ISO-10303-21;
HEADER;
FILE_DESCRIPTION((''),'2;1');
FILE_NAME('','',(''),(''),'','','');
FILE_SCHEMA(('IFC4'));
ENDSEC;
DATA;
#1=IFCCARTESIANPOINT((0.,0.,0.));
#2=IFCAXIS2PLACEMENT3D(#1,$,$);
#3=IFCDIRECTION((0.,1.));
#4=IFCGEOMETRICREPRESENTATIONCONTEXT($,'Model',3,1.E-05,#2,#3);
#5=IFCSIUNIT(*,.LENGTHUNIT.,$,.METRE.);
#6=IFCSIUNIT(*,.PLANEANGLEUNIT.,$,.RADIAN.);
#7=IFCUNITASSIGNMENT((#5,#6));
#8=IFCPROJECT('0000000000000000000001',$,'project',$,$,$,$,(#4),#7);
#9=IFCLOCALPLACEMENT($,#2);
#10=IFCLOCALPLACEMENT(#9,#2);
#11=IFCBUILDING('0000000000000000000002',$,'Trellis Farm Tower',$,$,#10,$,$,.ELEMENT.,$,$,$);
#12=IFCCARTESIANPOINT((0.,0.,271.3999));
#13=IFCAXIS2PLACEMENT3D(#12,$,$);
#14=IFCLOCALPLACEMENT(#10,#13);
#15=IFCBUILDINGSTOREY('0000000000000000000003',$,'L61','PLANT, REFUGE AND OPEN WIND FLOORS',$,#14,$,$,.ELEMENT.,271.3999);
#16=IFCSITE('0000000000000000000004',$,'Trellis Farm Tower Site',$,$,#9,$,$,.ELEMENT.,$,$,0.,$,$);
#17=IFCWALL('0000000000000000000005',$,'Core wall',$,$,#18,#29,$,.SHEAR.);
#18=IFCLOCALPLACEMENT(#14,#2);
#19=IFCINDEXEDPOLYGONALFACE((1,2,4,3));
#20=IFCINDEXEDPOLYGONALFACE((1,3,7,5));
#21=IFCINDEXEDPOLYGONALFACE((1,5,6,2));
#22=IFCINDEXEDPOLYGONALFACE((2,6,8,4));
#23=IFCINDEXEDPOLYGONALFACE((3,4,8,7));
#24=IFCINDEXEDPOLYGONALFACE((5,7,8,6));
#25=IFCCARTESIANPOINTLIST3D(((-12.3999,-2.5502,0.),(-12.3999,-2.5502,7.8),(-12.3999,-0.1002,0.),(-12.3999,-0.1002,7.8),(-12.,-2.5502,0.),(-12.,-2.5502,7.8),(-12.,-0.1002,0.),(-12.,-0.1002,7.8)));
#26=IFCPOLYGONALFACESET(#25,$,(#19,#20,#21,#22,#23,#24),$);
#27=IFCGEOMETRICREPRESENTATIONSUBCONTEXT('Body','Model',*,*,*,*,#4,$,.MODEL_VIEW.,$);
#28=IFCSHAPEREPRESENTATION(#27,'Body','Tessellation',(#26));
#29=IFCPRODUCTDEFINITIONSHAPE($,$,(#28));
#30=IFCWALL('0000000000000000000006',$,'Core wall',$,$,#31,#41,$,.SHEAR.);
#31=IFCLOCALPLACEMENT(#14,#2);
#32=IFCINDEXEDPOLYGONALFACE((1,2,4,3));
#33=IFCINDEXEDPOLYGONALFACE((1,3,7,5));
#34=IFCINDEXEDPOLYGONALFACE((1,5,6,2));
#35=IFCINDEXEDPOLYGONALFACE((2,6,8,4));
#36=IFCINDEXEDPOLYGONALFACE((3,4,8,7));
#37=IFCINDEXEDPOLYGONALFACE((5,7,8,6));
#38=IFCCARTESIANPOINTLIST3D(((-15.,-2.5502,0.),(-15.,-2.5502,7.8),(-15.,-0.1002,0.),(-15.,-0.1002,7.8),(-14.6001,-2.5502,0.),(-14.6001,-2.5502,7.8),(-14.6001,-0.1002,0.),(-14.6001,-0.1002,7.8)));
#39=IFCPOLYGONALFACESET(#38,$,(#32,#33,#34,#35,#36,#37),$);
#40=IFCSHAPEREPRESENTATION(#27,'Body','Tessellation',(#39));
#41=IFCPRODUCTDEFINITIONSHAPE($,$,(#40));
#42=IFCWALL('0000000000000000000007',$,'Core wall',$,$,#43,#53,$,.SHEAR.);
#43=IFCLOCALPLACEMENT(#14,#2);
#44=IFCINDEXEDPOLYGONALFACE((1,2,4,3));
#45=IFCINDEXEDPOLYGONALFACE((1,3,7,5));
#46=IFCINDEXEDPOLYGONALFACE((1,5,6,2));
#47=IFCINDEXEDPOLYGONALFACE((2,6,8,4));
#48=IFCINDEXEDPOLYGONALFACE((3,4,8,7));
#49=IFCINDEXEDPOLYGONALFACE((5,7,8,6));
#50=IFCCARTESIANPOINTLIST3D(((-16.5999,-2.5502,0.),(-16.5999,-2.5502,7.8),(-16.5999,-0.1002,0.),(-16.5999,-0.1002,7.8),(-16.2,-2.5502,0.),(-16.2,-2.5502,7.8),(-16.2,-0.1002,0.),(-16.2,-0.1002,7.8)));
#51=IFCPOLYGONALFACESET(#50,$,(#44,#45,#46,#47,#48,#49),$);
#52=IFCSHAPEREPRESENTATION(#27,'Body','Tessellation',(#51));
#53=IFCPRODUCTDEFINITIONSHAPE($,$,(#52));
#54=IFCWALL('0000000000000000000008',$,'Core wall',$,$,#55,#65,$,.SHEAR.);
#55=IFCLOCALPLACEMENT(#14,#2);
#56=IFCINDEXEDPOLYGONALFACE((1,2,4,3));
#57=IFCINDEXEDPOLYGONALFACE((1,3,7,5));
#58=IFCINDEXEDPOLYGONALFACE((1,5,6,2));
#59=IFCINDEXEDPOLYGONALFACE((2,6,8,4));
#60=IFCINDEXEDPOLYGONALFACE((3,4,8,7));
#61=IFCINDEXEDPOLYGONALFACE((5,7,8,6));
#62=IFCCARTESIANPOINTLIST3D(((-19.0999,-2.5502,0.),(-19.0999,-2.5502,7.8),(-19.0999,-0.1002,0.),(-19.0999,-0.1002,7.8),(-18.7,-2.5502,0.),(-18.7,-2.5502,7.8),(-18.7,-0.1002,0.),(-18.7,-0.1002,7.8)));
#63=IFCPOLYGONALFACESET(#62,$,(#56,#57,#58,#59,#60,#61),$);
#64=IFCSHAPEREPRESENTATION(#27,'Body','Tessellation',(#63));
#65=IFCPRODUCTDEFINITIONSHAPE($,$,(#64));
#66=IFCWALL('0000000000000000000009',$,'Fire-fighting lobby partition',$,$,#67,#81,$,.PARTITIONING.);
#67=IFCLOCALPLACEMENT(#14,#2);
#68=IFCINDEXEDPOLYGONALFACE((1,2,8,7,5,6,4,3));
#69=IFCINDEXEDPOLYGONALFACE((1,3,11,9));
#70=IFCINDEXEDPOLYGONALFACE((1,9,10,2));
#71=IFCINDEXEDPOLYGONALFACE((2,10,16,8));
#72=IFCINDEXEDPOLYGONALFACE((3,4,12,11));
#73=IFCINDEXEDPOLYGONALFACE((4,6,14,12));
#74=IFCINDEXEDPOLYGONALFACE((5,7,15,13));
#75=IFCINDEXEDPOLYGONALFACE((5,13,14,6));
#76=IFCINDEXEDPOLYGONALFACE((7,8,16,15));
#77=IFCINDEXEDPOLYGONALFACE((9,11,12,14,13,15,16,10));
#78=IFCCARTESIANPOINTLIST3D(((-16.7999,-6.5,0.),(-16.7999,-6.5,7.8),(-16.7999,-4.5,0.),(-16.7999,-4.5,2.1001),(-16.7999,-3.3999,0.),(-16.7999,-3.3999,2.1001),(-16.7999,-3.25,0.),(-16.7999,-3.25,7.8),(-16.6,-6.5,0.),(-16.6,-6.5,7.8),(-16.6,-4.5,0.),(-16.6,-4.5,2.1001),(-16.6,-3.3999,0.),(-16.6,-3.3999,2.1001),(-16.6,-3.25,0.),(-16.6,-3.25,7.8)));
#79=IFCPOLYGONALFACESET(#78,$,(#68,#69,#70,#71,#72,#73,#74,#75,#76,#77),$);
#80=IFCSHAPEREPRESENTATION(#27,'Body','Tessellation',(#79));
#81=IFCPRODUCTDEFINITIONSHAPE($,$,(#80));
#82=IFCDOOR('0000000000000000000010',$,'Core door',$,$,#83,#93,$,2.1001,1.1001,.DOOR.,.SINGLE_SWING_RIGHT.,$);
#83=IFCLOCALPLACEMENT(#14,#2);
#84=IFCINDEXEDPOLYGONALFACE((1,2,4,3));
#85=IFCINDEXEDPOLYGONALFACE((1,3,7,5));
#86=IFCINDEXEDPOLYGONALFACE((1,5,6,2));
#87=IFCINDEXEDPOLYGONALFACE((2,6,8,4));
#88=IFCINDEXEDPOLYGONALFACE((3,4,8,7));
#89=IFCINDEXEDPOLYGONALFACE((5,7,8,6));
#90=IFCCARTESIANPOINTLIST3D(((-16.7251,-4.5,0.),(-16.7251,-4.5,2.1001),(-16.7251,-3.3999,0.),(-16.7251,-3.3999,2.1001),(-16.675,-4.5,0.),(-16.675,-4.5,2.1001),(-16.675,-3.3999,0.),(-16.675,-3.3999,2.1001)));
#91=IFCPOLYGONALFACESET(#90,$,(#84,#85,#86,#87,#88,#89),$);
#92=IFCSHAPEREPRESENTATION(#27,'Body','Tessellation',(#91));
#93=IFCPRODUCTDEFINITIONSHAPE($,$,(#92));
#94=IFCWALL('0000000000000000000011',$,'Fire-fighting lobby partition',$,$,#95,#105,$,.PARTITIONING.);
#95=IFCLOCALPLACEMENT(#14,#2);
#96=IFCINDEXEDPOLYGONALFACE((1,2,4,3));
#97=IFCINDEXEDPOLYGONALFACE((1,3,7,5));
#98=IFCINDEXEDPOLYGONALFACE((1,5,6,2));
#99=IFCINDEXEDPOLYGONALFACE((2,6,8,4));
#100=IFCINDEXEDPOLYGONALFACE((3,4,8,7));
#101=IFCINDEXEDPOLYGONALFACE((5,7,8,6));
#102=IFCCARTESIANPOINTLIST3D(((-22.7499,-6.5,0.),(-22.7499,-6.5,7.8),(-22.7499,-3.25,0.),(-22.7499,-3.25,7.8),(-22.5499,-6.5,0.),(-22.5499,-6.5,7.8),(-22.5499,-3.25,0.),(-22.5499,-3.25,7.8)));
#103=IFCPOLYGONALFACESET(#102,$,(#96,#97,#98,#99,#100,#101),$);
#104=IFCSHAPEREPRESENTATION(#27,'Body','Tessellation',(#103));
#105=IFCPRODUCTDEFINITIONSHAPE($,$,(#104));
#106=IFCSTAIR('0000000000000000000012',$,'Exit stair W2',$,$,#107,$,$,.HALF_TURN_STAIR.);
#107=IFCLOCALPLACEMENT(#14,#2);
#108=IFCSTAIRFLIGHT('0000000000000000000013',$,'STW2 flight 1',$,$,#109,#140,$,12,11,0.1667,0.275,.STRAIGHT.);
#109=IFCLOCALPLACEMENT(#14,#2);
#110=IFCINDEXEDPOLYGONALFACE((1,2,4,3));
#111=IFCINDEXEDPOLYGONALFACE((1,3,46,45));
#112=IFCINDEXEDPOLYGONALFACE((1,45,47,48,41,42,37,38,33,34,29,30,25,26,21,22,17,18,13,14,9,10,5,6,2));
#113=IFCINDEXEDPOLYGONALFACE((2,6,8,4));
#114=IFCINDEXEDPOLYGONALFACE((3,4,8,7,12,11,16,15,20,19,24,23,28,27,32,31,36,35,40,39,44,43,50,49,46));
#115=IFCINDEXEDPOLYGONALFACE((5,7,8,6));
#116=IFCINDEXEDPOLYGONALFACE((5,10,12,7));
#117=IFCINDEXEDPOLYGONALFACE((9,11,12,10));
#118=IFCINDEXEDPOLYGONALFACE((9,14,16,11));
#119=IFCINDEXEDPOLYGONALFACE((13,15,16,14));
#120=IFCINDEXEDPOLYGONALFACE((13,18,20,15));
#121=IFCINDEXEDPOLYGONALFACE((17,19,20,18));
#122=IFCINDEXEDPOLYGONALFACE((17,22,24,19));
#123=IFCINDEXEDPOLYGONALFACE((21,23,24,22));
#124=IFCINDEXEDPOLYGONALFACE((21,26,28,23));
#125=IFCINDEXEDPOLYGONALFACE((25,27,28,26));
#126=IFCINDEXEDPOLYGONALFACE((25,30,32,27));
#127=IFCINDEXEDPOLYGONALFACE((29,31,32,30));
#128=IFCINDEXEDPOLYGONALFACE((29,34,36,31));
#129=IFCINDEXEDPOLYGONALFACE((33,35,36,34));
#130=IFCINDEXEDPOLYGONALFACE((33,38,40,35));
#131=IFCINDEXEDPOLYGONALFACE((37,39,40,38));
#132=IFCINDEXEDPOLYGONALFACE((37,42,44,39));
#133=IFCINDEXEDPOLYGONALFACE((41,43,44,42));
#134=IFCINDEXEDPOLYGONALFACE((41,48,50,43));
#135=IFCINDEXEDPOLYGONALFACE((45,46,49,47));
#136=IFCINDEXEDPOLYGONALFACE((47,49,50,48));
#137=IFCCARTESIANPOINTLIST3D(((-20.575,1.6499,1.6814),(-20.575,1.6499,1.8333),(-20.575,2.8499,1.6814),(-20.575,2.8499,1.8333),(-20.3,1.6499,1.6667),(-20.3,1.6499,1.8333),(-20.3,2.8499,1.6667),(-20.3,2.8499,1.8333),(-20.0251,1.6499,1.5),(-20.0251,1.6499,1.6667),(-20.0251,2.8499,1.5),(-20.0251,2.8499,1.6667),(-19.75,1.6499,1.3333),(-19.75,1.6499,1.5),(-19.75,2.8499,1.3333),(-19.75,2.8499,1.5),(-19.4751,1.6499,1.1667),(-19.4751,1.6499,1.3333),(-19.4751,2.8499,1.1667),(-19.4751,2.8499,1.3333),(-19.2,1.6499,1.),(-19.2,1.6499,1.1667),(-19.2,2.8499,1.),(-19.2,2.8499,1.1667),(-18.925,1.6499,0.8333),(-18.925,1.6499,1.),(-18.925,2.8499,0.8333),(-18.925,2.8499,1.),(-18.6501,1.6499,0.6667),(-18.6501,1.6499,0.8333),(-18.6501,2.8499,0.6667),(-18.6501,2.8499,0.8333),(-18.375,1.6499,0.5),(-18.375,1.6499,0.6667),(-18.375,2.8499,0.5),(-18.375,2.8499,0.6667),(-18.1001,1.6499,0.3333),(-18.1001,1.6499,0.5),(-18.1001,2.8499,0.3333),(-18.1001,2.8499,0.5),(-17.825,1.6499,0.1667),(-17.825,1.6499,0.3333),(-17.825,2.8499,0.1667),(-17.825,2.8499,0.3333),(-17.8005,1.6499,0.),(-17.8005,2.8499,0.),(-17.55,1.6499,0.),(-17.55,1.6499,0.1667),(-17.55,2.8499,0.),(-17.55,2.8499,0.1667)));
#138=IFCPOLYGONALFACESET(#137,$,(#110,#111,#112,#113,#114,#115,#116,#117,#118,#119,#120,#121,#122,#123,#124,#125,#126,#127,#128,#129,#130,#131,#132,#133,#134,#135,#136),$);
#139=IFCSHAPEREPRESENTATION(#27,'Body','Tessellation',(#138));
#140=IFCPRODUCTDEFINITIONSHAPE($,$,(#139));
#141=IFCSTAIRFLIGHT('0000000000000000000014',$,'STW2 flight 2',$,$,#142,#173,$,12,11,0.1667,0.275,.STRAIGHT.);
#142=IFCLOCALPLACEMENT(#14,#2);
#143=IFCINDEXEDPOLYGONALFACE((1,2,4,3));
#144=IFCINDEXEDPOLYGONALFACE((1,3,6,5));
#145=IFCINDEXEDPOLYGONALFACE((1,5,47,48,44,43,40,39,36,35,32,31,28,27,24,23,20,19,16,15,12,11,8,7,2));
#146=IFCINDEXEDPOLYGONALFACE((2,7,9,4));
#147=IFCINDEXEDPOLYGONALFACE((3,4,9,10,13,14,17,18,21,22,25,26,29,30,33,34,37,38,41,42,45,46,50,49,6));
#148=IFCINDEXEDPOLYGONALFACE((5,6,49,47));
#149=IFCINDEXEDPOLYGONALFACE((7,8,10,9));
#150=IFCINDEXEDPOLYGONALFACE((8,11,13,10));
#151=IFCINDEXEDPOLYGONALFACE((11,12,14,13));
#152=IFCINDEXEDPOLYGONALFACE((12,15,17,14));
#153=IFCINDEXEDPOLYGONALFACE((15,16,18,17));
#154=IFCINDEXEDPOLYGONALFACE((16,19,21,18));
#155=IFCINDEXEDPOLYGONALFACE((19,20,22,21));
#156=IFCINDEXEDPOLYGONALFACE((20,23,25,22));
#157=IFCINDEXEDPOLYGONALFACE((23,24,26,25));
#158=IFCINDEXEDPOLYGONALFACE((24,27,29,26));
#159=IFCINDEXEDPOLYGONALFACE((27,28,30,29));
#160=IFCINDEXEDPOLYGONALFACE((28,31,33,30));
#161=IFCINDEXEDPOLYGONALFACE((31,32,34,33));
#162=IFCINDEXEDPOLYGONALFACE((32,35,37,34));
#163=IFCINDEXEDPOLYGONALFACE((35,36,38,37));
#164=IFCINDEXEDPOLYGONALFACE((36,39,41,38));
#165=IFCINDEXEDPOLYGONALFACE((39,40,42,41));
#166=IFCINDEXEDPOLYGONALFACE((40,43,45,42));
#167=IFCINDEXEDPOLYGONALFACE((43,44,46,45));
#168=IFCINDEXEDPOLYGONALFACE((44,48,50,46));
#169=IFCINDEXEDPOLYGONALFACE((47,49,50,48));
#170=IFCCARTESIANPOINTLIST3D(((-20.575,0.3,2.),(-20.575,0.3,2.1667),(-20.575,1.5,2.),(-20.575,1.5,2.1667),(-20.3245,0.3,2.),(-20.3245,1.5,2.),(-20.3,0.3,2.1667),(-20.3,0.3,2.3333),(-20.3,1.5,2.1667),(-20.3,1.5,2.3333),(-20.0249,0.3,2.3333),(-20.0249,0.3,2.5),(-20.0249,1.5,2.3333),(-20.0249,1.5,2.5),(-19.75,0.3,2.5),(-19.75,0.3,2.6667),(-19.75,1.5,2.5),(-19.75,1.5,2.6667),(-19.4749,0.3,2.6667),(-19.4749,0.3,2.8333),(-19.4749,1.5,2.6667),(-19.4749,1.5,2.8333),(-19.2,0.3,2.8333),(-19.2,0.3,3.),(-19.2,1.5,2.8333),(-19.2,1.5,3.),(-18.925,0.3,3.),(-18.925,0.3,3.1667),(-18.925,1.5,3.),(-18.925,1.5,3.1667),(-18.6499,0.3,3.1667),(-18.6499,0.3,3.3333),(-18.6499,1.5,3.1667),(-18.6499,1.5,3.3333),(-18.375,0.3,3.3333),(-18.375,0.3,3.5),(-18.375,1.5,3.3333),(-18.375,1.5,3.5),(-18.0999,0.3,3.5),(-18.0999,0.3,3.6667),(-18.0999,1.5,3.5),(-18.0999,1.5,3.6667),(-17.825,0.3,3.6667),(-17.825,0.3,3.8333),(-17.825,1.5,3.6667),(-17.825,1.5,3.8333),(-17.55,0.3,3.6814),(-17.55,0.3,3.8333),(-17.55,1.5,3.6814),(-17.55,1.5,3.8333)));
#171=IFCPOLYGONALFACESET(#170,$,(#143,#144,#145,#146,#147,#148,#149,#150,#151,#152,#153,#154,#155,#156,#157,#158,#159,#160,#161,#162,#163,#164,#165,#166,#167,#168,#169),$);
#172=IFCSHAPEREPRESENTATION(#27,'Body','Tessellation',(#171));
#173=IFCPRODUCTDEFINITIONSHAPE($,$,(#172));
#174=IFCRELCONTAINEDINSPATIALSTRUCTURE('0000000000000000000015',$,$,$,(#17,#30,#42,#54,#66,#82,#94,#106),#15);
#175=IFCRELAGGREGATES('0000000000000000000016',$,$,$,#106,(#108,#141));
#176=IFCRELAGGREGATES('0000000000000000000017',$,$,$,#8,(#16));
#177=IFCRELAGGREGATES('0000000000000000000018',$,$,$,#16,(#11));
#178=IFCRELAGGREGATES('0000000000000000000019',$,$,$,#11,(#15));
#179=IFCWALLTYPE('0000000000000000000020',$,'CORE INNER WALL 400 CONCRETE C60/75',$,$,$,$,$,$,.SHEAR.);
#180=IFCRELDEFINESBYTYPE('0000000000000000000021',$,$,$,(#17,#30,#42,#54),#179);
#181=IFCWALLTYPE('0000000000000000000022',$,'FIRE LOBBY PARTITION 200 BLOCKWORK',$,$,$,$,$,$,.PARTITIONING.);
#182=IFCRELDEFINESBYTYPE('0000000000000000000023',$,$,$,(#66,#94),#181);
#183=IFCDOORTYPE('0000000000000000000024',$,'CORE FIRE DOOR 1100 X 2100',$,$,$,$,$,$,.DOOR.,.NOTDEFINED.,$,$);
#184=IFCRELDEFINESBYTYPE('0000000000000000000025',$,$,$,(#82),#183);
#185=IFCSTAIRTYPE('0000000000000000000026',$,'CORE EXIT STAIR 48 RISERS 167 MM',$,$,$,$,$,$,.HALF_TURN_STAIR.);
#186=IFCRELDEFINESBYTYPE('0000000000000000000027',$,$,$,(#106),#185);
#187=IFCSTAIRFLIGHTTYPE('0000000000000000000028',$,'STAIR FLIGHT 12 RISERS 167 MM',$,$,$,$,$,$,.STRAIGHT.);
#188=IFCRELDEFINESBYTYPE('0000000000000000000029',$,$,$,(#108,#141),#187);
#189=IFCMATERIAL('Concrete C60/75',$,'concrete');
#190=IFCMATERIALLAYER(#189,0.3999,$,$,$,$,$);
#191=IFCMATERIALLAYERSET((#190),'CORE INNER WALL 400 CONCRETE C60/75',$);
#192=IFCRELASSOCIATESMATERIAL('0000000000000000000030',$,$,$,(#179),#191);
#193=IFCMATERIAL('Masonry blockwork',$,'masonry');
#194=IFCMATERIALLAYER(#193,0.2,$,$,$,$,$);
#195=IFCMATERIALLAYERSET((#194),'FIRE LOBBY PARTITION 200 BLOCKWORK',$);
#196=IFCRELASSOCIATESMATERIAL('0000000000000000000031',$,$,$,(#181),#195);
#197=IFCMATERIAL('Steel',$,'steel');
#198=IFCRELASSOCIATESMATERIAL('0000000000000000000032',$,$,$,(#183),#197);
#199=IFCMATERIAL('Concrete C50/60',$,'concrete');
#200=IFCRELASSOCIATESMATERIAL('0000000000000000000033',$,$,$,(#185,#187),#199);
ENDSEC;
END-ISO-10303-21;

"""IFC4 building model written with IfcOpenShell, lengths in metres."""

from ifc_helpers import new_model, si_unit, direction, frame, frame_2d, origin, place, context, subcontext, project, spatial, polyline, rectangle, outline, extrude, source, transform, mapped, material, layer, layer_set, type_object, element, fill, aggregate, save


model = new_model("IFC4")

# Units and contexts
model_context = context("Model", 3, precision=1e-05, world=origin(), true_north=direction((0.0, 1.0)))
body_context = subcontext(model_context, "Body", "Model", "MODEL_VIEW")
ifc_project = project(units=[si_unit("LENGTHUNIT", "METRE"), si_unit("PLANEANGLEUNIT", "RADIAN")], contexts=[model_context])

# Site, building, storey
site_placement = place(None, origin())
site = spatial("IfcSite", under=ifc_project, at=site_placement, Name="Trellis Farm Tower Site", CompositionType="ELEMENT", RefElevation=0.0)
building_placement = place(site_placement, origin())
building = spatial("IfcBuilding", under=site, at=building_placement, Name="Trellis Farm Tower", CompositionType="ELEMENT")
storey_placement = place(building_placement, frame((0.0, 0.0, 271.3999)))
storey = spatial("IfcBuildingStorey", under=building, at=storey_placement, Name="L61", Description="PLANT, REFUGE AND OPEN WIND FLOORS", CompositionType="ELEMENT", Elevation=271.3999)

# Shared definitions
ifc_material_1 = material(Name="Concrete C60/75", Category="concrete")

# Walls
ifc_layer_1 = layer(ifc_material_1, 0.3999)
ifc_layer_set_1 = layer_set([ifc_layer_1], Name="CORE INNER WALL 400 CONCRETE C60/75")
wall_type_1 = type_object("IfcWallType", Name="CORE INNER WALL 400 CONCRETE C60/75", PredefinedType="SHEAR", material=ifc_layer_set_1)
shared_shape_1 = source(origin(), body_context, "Body", "SweptSolid", [
    extrude(rectangle(XDim=2.45, YDim=0.3999, at=frame_2d((1.2251, 0.0))), origin(), (0.0, 0.0, 1.0), 7.8),
])
for number, where, z_axis, x_axis, name in (
    (1, (-12.2, -0.1001, 0.0), (0.0, 0.0, 1.0), (0.0, -1.0, 0.0), "Core wall"),
    (2, (-14.8, -0.1001, 0.0), (0.0, 0.0, 1.0), (0.0, -1.0, 0.0), "Core wall"),
    (3, (-16.3999, -0.1001, 0.0), (0.0, 0.0, 1.0), (0.0, -1.0, 0.0), "Core wall"),
    (4, (-18.8999, -0.1001, 0.0), (0.0, 0.0, 1.0), (0.0, -1.0, 0.0), "Core wall"),
):
    element("IfcWall", number, at=place(storey_placement, frame(where, z_axis=z_axis, x_axis=x_axis)), inside=storey, type_object=wall_type_1, Name=name, PredefinedType="SHEAR", context=body_context, shape_type="MappedRepresentation", body=[
        mapped(shared_shape_1, transform((0.0, 0.0, 0.0))),
    ])

# Wall, opening, door
ifc_material_2 = material(Name="Masonry blockwork", Category="masonry")
ifc_layer_2 = layer(ifc_material_2, 0.2)
ifc_layer_set_2 = layer_set([ifc_layer_2], Name="FIRE LOBBY PARTITION 200 BLOCKWORK")
wall_type_2 = type_object("IfcWallType", Name="FIRE LOBBY PARTITION 200 BLOCKWORK", PredefinedType="PARTITIONING", material=ifc_layer_set_2)
shared_shape_2 = source(origin(), body_context, "Body", "SweptSolid", [
    extrude(rectangle(XDim=3.25, YDim=0.2, at=frame_2d((1.625, 0.0))), origin(), (0.0, 0.0, 1.0), 7.8),
])
wall_1_placement = place(storey_placement, frame((-16.7, -3.25, 0.0), z_axis=(0.0, 0.0, 1.0), x_axis=(0.0, -1.0, 0.0)))
wall_1 = element("IfcWall", 5, at=wall_1_placement, inside=storey, type_object=wall_type_2, Name="Fire-fighting lobby partition", PredefinedType="PARTITIONING", context=body_context, shape_type="MappedRepresentation", body=[
    mapped(shared_shape_2, transform((0.0, 0.0, 0.0))),
])
shared_shape_3 = source(origin(), body_context, "Body", "SweptSolid", [
    extrude(rectangle(XDim=1.1001, YDim=2.1001, at=frame_2d((0.55, 1.05))), frame((0.0, 0.1101, 0.0), z_axis=(0.0, -1.0, 0.0), x_axis=(1.0, 0.0, 0.0)), (0.0, 0.0, 1.0), 0.2202),
])
opening_placement = place(wall_1_placement, frame((0.1499, 0.0, 0.0)))
opening = element("IfcOpeningElement", 6, at=opening_placement, cuts=wall_1, PredefinedType="OPENING", context=body_context, shape_type="MappedRepresentation", body=[
    mapped(shared_shape_3, transform((0.0, 0.0, 0.0))),
])
ifc_material_3 = material(Name="Steel", Category="steel")
door_type = type_object("IfcDoorType", Name="CORE FIRE DOOR 1100 X 2100", OperationType="NOTDEFINED", PredefinedType="DOOR", material=ifc_material_3)
shared_shape_4 = source(origin(), body_context, "Body", "SweptSolid", [
    extrude(rectangle(XDim=1.1001, YDim=2.1001, at=frame_2d((0.55, 1.05))), frame((0.0, 0.0249, 0.0), z_axis=(0.0, -1.0, 0.0), x_axis=(1.0, 0.0, 0.0)), (0.0, 0.0, 1.0), 0.05),
])
door_placement = place(opening_placement, origin())
door = element("IfcDoor", 7, at=door_placement, inside=storey, type_object=door_type, Name="Core door", OperationType="SINGLE_SWING_RIGHT", OverallHeight=2.1001, OverallWidth=1.1001, PredefinedType="DOOR", context=body_context, shape_type="MappedRepresentation", body=[
    mapped(shared_shape_4, transform((0.0, 0.0, 0.0))),
])
fill(opening, door)

# Wall
wall_2_placement = place(storey_placement, frame((-22.6499, -3.25, 0.0), z_axis=(0.0, 0.0, 1.0), x_axis=(0.0, -1.0, 0.0)))
element("IfcWall", 8, at=wall_2_placement, inside=storey, type_object=wall_type_2, Name="Fire-fighting lobby partition", PredefinedType="PARTITIONING", context=body_context, shape_type="MappedRepresentation", body=[
    mapped(shared_shape_2, transform((0.0, 0.0, 0.0))),
])

# Stair, stair flights
ifc_material_4 = material(Name="Concrete C50/60", Category="concrete")
stair_type = type_object("IfcStairType", Name="CORE EXIT STAIR 48 RISERS 167 MM", PredefinedType="HALF_TURN_STAIR", material=ifc_material_4)
stair_placement = place(storey_placement, origin())
stair = element("IfcStair", 9, at=stair_placement, inside=storey, type_object=stair_type, Name="Exit stair W2", PredefinedType="HALF_TURN_STAIR")
stair_flight_type = type_object("IfcStairFlightType", Name="STAIR FLIGHT 12 RISERS 167 MM", PredefinedType="STRAIGHT", material=ifc_material_4)
shared_shape_5 = source(origin(), body_context, "Body", "SweptSolid", [
    extrude(outline(polyline([(0.0, 0.0), (0.0, 0.1667), (0.2749, 0.1667), (0.2749, 0.3333), (0.55, 0.3333), (0.55, 0.5), (0.825, 0.5), (0.825, 0.6667), (1.1001, 0.6667), (1.1001, 0.8333), (1.375, 0.8333), (1.375, 1.0), (1.6499, 1.0), (1.6499, 1.1667), (1.925, 1.1667), (1.925, 1.3333), (2.2, 1.3333), (2.2, 1.5), (2.4751, 1.5), (2.4751, 1.6667), (2.75, 1.6667), (2.75, 1.8333), (3.0249, 1.8333), (3.0249, 2.0), (3.0249, 1.6814), (0.2505, 0.0), (0.0, 0.0)])), frame((0.0, 0.6001, 0.0), z_axis=(0.0, -1.0, 0.0), x_axis=(1.0, 0.0, 0.0)), (0.0, 0.0, 1.0), 1.2),
])
stair_flight_1_placement = place(storey_placement, frame((-17.55, 2.25, 0.0), z_axis=(0.0, 0.0, 1.0), x_axis=(-1.0, 0.0, 0.0)))
stair_flight_1 = element("IfcStairFlight", 10, at=stair_flight_1_placement, type_object=stair_flight_type, Name="STW2 flight 1", NumberOfRisers=12, NumberOfTreads=11, PredefinedType="STRAIGHT", RiserHeight=0.1667, TreadLength=0.275, context=body_context, shape_type="MappedRepresentation", body=[
    mapped(shared_shape_5, transform((0.0, 0.0, 0.0))),
])
stair_flight_2_placement = place(storey_placement, frame((-20.575, 0.8999, 2.0), z_axis=(0.0, 0.0, 1.0), x_axis=(1.0, 0.0, 0.0)))
stair_flight_2 = element("IfcStairFlight", 11, at=stair_flight_2_placement, type_object=stair_flight_type, Name="STW2 flight 2", NumberOfRisers=12, NumberOfTreads=11, PredefinedType="STRAIGHT", RiserHeight=0.1667, TreadLength=0.275, context=body_context, shape_type="MappedRepresentation", body=[
    mapped(shared_shape_5, transform((0.0, 0.0, 0.0))),
])
aggregate(stair, [stair_flight_1, stair_flight_2])

save(model, "model.ifc")
